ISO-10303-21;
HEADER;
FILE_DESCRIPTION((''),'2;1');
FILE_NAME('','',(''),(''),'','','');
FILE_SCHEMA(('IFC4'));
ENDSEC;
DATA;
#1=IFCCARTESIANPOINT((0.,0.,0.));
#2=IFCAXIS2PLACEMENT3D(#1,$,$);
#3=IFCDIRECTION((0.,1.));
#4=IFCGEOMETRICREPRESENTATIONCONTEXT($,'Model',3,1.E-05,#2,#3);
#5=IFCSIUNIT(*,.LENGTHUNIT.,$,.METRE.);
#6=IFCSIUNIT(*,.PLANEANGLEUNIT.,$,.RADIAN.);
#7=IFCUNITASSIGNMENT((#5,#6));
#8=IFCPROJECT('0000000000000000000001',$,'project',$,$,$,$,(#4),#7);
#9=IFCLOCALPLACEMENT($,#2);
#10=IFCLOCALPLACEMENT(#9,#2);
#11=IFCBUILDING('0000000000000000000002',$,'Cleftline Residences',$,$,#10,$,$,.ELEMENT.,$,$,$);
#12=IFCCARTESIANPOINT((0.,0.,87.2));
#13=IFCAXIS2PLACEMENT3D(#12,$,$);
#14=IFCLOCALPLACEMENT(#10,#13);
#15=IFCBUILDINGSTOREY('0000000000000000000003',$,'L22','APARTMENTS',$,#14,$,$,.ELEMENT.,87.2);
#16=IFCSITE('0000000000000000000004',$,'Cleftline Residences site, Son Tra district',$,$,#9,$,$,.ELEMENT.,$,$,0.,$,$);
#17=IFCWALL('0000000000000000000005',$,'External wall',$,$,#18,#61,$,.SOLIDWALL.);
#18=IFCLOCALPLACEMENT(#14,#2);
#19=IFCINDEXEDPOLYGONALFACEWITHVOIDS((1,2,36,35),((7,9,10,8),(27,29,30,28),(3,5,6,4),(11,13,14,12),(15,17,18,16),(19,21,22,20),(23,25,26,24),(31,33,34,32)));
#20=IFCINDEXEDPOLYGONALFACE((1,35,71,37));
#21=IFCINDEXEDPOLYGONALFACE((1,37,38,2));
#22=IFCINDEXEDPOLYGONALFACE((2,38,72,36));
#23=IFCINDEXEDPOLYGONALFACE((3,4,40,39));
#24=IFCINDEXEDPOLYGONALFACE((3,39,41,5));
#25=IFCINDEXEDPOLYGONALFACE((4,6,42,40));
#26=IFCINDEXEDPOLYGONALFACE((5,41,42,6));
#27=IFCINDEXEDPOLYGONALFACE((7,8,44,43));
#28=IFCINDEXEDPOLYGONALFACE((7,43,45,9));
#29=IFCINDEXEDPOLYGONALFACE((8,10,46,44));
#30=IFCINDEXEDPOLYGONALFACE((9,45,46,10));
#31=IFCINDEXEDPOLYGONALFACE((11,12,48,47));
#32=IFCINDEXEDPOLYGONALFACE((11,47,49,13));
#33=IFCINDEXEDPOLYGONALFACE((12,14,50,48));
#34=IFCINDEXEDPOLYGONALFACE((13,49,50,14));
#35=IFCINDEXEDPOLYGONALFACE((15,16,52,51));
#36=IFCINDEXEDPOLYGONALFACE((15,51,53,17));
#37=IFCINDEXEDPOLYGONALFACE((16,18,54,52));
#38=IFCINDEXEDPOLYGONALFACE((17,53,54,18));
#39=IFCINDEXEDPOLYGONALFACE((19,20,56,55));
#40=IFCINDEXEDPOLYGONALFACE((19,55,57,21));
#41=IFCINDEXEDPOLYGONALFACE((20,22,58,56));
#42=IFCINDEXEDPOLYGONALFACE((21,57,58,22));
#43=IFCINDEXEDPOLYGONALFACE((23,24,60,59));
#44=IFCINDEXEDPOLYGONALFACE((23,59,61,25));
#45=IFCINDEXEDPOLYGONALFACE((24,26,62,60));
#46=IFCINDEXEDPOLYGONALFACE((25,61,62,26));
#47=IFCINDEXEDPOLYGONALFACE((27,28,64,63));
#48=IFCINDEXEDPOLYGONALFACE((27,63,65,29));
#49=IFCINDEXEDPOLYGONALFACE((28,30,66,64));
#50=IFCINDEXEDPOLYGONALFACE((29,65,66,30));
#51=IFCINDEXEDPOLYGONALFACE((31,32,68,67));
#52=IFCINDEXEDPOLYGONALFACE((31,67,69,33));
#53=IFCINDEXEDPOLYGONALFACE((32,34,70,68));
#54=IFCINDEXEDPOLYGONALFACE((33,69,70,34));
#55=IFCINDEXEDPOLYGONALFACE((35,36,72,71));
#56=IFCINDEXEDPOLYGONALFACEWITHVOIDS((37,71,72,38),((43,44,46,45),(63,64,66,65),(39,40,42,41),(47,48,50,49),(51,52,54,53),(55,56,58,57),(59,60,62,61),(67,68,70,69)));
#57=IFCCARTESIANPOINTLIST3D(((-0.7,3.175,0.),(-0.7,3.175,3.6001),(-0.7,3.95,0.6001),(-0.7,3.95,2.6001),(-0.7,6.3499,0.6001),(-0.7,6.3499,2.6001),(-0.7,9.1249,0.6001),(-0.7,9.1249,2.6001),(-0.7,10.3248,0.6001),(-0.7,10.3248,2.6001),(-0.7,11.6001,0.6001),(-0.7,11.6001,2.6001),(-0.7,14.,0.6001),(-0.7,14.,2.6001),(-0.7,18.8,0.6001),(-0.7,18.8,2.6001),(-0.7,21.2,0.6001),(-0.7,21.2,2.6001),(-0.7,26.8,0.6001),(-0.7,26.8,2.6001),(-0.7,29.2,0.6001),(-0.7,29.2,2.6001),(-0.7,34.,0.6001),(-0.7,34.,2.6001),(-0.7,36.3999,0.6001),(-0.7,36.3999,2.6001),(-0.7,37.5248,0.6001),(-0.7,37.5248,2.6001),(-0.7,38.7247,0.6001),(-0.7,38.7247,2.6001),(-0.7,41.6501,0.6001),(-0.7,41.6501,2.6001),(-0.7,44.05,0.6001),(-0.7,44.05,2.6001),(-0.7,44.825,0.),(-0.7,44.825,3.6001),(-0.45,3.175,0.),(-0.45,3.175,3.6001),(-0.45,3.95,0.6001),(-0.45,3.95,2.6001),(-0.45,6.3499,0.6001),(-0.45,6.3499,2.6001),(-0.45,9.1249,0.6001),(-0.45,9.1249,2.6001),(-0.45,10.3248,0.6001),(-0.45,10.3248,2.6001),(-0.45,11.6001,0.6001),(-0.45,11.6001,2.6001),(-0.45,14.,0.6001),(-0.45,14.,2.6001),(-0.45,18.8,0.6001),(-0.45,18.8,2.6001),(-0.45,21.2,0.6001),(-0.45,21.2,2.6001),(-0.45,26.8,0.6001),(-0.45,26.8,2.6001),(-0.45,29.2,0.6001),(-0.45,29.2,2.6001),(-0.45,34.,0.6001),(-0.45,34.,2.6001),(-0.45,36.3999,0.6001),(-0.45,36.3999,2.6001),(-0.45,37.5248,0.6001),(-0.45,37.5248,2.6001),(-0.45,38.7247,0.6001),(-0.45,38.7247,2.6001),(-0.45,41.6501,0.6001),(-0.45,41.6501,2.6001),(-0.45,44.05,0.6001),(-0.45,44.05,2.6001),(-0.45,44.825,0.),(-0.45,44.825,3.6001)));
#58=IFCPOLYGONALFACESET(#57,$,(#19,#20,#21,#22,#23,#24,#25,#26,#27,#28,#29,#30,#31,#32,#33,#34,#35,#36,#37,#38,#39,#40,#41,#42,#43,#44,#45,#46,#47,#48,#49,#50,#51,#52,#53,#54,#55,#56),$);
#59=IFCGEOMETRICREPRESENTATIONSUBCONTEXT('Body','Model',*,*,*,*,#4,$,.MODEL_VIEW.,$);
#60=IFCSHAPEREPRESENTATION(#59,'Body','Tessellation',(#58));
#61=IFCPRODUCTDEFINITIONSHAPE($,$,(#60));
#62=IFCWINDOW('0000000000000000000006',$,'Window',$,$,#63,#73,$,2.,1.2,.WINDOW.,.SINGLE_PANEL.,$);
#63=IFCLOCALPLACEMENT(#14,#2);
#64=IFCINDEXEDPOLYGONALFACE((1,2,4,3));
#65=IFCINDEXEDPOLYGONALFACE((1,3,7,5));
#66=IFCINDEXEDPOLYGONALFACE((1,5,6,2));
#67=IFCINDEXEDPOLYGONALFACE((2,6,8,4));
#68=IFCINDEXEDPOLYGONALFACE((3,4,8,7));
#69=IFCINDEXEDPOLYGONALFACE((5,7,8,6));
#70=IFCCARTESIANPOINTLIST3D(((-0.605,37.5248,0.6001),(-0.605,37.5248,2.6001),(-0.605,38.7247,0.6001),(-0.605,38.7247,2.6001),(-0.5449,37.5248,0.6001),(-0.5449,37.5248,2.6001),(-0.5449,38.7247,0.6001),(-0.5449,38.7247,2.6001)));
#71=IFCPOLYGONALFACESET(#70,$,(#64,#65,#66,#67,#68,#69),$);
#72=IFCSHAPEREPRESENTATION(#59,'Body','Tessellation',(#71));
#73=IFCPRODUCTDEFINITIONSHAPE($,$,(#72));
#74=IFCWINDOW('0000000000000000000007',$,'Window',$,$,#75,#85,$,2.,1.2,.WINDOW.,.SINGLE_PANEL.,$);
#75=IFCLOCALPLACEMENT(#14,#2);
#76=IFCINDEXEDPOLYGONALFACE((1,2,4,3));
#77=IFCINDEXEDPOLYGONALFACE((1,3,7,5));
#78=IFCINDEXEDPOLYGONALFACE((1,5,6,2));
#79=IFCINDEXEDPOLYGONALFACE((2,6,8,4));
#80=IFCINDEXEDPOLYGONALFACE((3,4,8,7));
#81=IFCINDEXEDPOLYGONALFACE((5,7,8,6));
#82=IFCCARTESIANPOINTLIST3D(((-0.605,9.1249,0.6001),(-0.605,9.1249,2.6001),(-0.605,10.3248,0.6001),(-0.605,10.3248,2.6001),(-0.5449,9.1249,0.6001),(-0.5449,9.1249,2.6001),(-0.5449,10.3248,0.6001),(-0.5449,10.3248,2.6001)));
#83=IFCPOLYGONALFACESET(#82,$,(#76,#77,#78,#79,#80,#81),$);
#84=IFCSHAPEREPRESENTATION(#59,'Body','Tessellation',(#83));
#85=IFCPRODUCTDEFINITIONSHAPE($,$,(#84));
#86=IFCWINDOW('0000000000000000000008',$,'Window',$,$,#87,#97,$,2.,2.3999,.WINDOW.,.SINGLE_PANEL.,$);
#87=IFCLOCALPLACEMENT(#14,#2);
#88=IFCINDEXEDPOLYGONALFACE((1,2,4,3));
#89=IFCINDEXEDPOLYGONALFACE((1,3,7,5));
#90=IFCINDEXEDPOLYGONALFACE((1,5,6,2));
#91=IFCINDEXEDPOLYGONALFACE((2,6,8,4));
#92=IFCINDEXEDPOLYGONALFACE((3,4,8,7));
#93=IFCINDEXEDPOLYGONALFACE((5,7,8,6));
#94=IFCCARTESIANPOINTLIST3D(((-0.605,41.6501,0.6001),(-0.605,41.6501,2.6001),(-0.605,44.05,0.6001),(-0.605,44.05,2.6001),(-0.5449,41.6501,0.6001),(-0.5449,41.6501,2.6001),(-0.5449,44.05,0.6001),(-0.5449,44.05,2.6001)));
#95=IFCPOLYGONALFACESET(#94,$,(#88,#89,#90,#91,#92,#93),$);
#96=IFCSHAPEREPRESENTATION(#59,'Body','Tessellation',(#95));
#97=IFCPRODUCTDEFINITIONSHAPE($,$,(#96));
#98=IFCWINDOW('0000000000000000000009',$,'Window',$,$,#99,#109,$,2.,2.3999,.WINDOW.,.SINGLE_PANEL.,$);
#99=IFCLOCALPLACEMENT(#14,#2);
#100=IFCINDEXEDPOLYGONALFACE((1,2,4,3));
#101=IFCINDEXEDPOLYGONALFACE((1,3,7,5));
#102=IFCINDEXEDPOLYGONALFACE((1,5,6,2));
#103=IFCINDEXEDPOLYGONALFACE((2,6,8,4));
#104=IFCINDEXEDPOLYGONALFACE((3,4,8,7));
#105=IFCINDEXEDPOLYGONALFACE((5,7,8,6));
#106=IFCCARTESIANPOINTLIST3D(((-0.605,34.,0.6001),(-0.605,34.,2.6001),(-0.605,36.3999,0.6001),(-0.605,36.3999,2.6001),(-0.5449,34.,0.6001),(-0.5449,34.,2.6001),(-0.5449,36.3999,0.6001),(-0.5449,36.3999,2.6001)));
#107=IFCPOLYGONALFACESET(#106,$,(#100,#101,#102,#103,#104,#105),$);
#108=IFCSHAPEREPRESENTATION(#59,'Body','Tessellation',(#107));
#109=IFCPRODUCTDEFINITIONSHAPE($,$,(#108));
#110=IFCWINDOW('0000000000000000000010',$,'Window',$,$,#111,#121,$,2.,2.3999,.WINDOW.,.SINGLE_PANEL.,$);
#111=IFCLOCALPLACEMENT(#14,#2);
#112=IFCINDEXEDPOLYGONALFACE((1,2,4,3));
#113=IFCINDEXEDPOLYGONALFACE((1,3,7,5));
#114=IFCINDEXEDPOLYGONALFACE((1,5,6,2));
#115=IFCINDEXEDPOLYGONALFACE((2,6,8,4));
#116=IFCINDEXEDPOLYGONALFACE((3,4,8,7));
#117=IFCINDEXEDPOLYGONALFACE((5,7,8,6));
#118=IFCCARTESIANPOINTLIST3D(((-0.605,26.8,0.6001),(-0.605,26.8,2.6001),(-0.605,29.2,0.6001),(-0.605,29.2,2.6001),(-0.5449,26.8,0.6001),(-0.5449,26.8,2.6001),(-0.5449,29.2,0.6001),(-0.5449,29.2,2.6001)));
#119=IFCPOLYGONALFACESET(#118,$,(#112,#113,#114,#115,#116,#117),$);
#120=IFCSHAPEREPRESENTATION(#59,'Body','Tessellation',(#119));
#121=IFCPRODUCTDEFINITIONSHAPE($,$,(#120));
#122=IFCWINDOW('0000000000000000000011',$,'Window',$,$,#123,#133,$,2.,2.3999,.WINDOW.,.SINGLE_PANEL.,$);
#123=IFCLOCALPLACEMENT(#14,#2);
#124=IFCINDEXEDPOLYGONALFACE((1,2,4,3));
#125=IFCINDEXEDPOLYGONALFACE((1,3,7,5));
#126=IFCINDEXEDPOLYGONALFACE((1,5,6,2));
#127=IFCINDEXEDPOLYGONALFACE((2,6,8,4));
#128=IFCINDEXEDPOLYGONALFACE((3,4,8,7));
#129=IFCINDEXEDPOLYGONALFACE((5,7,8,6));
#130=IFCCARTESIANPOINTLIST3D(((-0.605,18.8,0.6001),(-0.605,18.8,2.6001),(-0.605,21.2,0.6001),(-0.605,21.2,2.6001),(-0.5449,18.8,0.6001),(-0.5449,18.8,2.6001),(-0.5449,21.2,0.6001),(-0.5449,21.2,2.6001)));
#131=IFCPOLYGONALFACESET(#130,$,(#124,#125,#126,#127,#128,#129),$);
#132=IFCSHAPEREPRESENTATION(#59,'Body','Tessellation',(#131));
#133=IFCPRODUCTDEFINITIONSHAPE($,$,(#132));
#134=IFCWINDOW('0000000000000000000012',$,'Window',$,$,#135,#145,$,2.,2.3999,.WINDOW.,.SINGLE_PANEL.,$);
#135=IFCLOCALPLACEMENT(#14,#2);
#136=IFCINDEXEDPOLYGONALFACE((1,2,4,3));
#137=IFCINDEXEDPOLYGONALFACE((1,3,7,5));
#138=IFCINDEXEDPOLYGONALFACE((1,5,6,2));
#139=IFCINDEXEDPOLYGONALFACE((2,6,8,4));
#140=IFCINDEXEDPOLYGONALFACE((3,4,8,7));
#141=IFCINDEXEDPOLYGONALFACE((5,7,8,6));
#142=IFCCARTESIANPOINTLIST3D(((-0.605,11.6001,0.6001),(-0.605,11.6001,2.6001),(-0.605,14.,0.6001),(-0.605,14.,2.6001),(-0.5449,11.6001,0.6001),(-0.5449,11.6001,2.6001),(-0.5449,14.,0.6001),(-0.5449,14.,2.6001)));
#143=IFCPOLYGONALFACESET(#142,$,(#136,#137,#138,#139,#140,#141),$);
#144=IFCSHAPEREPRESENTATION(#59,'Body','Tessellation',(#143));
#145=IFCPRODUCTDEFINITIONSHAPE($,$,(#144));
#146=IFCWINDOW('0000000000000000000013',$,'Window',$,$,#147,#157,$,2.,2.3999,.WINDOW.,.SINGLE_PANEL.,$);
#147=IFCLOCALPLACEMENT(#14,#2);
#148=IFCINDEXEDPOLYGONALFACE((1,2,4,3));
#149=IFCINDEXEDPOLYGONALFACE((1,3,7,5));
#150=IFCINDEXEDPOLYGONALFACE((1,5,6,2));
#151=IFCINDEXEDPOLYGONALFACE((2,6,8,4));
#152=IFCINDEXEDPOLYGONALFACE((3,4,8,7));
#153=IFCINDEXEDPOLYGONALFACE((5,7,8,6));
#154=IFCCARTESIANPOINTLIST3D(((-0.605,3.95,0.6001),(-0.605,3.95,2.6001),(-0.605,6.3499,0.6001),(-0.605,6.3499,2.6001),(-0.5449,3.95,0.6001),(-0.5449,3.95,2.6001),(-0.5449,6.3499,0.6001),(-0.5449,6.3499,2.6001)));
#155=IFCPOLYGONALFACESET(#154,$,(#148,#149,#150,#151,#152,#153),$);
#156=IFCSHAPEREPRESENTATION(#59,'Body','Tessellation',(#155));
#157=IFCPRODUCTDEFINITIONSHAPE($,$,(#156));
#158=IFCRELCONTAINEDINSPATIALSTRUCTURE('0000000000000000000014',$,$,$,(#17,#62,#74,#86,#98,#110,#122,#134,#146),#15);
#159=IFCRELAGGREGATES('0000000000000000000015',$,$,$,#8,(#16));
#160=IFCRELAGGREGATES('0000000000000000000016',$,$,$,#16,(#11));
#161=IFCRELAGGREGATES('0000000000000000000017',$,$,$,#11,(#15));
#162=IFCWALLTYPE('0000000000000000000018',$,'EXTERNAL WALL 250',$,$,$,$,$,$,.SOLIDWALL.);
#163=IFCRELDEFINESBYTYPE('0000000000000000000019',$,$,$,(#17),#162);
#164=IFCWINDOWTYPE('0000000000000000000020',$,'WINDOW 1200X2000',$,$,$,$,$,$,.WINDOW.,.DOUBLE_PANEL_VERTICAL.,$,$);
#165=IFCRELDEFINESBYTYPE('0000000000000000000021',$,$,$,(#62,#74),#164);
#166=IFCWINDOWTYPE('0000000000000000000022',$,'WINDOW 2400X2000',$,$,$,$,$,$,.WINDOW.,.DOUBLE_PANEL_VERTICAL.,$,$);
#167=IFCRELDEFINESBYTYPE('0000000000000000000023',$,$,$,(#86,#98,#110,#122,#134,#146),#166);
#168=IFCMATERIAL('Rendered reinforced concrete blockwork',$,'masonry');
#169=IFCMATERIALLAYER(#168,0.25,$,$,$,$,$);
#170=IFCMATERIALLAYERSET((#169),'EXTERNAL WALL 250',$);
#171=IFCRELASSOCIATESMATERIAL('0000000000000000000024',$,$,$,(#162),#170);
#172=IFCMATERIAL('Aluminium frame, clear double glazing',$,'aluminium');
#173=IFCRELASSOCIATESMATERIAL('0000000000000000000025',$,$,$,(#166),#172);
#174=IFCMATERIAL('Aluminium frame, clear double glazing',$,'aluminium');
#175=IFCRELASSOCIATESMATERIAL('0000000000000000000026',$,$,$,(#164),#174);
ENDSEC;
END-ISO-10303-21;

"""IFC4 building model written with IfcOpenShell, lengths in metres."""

from ifc_helpers import new_model, si_unit, direction, frame, frame_2d, origin, place, context, subcontext, project, spatial, rectangle, extrude, material, layer, layer_set, type_object, element, fill, save


model = new_model("IFC4")

# Units and contexts
model_context = context("Model", 3, precision=1e-05, world=origin(), true_north=direction((0.0, 1.0)))
body_context = subcontext(model_context, "Body", "Model", "MODEL_VIEW")
ifc_project = project(units=[si_unit("LENGTHUNIT", "METRE"), si_unit("PLANEANGLEUNIT", "RADIAN")], contexts=[model_context])

# Site, building, storey
site_placement = place(None, origin())
site = spatial("IfcSite", under=ifc_project, at=site_placement, Name="Cleftline Residences site, Son Tra district", CompositionType="ELEMENT", RefElevation=0.0)
building_placement = place(site_placement, origin())
building = spatial("IfcBuilding", under=site, at=building_placement, Name="Cleftline Residences", CompositionType="ELEMENT")
storey_placement = place(building_placement, frame((0.0, 0.0, 87.2)))
storey = spatial("IfcBuildingStorey", under=building, at=storey_placement, Name="L22", Description="APARTMENTS", CompositionType="ELEMENT", Elevation=87.2)

# Shared definitions
ifc_material_1 = material(Name="Rendered reinforced concrete blockwork", Category="masonry")
ifc_layer_1 = layer(ifc_material_1, 0.25)
ifc_layer_set_1 = layer_set([ifc_layer_1], Name="EXTERNAL WALL 250")
wall_type_1 = type_object("IfcWallType", Name="EXTERNAL WALL 250", PredefinedType="SOLIDWALL", material=ifc_layer_set_1)
ifc_material_2 = material(Name="Aluminium frame, clear double glazing", Category="aluminium")
window_type_1 = type_object("IfcWindowType", Name="WINDOW 2400X2000", PartitioningType="DOUBLE_PANEL_VERTICAL", PredefinedType="WINDOW", material=ifc_material_2)

# Wall, openings, windows
wall_1_placement = place(storey_placement, frame((-0.575, 44.825, 0.0), z_axis=(0.0, 0.0, 1.0), x_axis=(0.0, -1.0, 0.0)))
wall_1 = element("IfcWall", 1, at=wall_1_placement, inside=storey, type_object=wall_type_1, Name="External wall", PredefinedType="SOLIDWALL", context=body_context, shape_type="SweptSolid", body=[
    extrude(rectangle(XDim=41.6499, YDim=0.25, at=frame_2d((20.825, 0.0))), origin(), (0.0, 0.0, 1.0), 3.6001),
])
opening_1_placement = place(wall_1_placement, frame((0.7749, 0.0, 0.6001)))
opening_1 = element("IfcOpeningElement", 2, at=opening_1_placement, cuts=wall_1, PredefinedType="OPENING", context=body_context, shape_type="SweptSolid", body=[
    extrude(rectangle(XDim=2.3999, YDim=2.0, at=frame_2d((1.2, 1.0))), frame((0.0, 0.135, 0.0), z_axis=(0.0, -1.0, 0.0), x_axis=(1.0, 0.0, 0.0)), (0.0, 0.0, 1.0), 0.27),
])
opening_2_placement = place(wall_1_placement, frame((6.1001, 0.0, 0.6001)))
opening_2 = element("IfcOpeningElement", 3, at=opening_2_placement, cuts=wall_1, PredefinedType="OPENING", context=body_context, shape_type="SweptSolid", body=[
    extrude(rectangle(XDim=1.2, YDim=2.0, at=frame_2d((0.6001, 1.0))), frame((0.0, 0.135, 0.0), z_axis=(0.0, -1.0, 0.0), x_axis=(1.0, 0.0, 0.0)), (0.0, 0.0, 1.0), 0.27),
])
opening_3_placement = place(wall_1_placement, frame((8.425, 0.0, 0.6001)))
opening_3 = element("IfcOpeningElement", 4, at=opening_3_placement, cuts=wall_1, PredefinedType="OPENING", context=body_context, shape_type="SweptSolid", body=[
    extrude(rectangle(XDim=2.3999, YDim=2.0, at=frame_2d((1.2, 1.0))), frame((0.0, 0.135, 0.0), z_axis=(0.0, -1.0, 0.0), x_axis=(1.0, 0.0, 0.0)), (0.0, 0.0, 1.0), 0.27),
])
opening_4_placement = place(wall_1_placement, frame((15.625, 0.0, 0.6001)))
opening_4 = element("IfcOpeningElement", 5, at=opening_4_placement, cuts=wall_1, PredefinedType="OPENING", context=body_context, shape_type="SweptSolid", body=[
    extrude(rectangle(XDim=2.3999, YDim=2.0, at=frame_2d((1.2, 1.0))), frame((0.0, 0.135, 0.0), z_axis=(0.0, -1.0, 0.0), x_axis=(1.0, 0.0, 0.0)), (0.0, 0.0, 1.0), 0.27),
])
opening_5_placement = place(wall_1_placement, frame((23.625, 0.0, 0.6001)))
opening_5 = element("IfcOpeningElement", 6, at=opening_5_placement, cuts=wall_1, PredefinedType="OPENING", context=body_context, shape_type="SweptSolid", body=[
    extrude(rectangle(XDim=2.3999, YDim=2.0, at=frame_2d((1.2, 1.0))), frame((0.0, 0.135, 0.0), z_axis=(0.0, -1.0, 0.0), x_axis=(1.0, 0.0, 0.0)), (0.0, 0.0, 1.0), 0.27),
])
opening_6_placement = place(wall_1_placement, frame((30.825, 0.0, 0.6001)))
opening_6 = element("IfcOpeningElement", 7, at=opening_6_placement, cuts=wall_1, PredefinedType="OPENING", context=body_context, shape_type="SweptSolid", body=[
    extrude(rectangle(XDim=2.3999, YDim=2.0, at=frame_2d((1.2, 1.0))), frame((0.0, 0.135, 0.0), z_axis=(0.0, -1.0, 0.0), x_axis=(1.0, 0.0, 0.0)), (0.0, 0.0, 1.0), 0.27),
])
opening_7_placement = place(wall_1_placement, frame((34.5, 0.0, 0.6001)))
opening_7 = element("IfcOpeningElement", 8, at=opening_7_placement, cuts=wall_1, PredefinedType="OPENING", context=body_context, shape_type="SweptSolid", body=[
    extrude(rectangle(XDim=1.2, YDim=2.0, at=frame_2d((0.6001, 1.0))), frame((0.0, 0.135, 0.0), z_axis=(0.0, -1.0, 0.0), x_axis=(1.0, 0.0, 0.0)), (0.0, 0.0, 1.0), 0.27),
])
opening_8_placement = place(wall_1_placement, frame((38.4751, 0.0, 0.6001)))
opening_8 = element("IfcOpeningElement", 9, at=opening_8_placement, cuts=wall_1, PredefinedType="OPENING", context=body_context, shape_type="SweptSolid", body=[
    extrude(rectangle(XDim=2.3999, YDim=2.0, at=frame_2d((1.2, 1.0))), frame((0.0, 0.135, 0.0), z_axis=(0.0, -1.0, 0.0), x_axis=(1.0, 0.0, 0.0)), (0.0, 0.0, 1.0), 0.27),
])
ifc_material_3 = material(Name="Aluminium frame, clear double glazing", Category="aluminium")
window_type_2 = type_object("IfcWindowType", Name="WINDOW 1200X2000", PartitioningType="DOUBLE_PANEL_VERTICAL", PredefinedType="WINDOW", material=ifc_material_3)
window_1_placement = place(opening_2_placement, origin())
window_1 = element("IfcWindow", 10, at=window_1_placement, inside=storey, type_object=window_type_2, Name="Window", OverallHeight=2.0, OverallWidth=1.2, PartitioningType="SINGLE_PANEL", PredefinedType="WINDOW", context=body_context, shape_type="SweptSolid", body=[
    extrude(rectangle(XDim=1.2, YDim=2.0, at=frame_2d((0.6001, 1.0))), frame((0.0, 0.03, 0.0), z_axis=(0.0, -1.0, 0.0), x_axis=(1.0, 0.0, 0.0)), (0.0, 0.0, 1.0), 0.0601),
])
fill(opening_2, window_1)
window_2_placement = place(opening_7_placement, origin())
window_2 = element("IfcWindow", 11, at=window_2_placement, inside=storey, type_object=window_type_2, Name="Window", OverallHeight=2.0, OverallWidth=1.2, PartitioningType="SINGLE_PANEL", PredefinedType="WINDOW", context=body_context, shape_type="SweptSolid", body=[
    extrude(rectangle(XDim=1.2, YDim=2.0, at=frame_2d((0.6001, 1.0))), frame((0.0, 0.03, 0.0), z_axis=(0.0, -1.0, 0.0), x_axis=(1.0, 0.0, 0.0)), (0.0, 0.0, 1.0), 0.0601),
])
fill(opening_7, window_2)
window_3_placement = place(opening_1_placement, origin())
window_3 = element("IfcWindow", 12, at=window_3_placement, inside=storey, type_object=window_type_1, Name="Window", OverallHeight=2.0, OverallWidth=2.3999, PartitioningType="SINGLE_PANEL", PredefinedType="WINDOW", context=body_context, shape_type="SweptSolid", body=[
    extrude(rectangle(XDim=2.3999, YDim=2.0, at=frame_2d((1.2, 1.0))), frame((0.0, 0.03, 0.0), z_axis=(0.0, -1.0, 0.0), x_axis=(1.0, 0.0, 0.0)), (0.0, 0.0, 1.0), 0.0601),
])
fill(opening_1, window_3)
window_4_placement = place(opening_3_placement, origin())
window_4 = element("IfcWindow", 13, at=window_4_placement, inside=storey, type_object=window_type_1, Name="Window", OverallHeight=2.0, OverallWidth=2.3999, PartitioningType="SINGLE_PANEL", PredefinedType="WINDOW", context=body_context, shape_type="SweptSolid", body=[
    extrude(rectangle(XDim=2.3999, YDim=2.0, at=frame_2d((1.2, 1.0))), frame((0.0, 0.03, 0.0), z_axis=(0.0, -1.0, 0.0), x_axis=(1.0, 0.0, 0.0)), (0.0, 0.0, 1.0), 0.0601),
])
fill(opening_3, window_4)
window_5_placement = place(opening_4_placement, origin())
window_5 = element("IfcWindow", 14, at=window_5_placement, inside=storey, type_object=window_type_1, Name="Window", OverallHeight=2.0, OverallWidth=2.3999, PartitioningType="SINGLE_PANEL", PredefinedType="WINDOW", context=body_context, shape_type="SweptSolid", body=[
    extrude(rectangle(XDim=2.3999, YDim=2.0, at=frame_2d((1.2, 1.0))), frame((0.0, 0.03, 0.0), z_axis=(0.0, -1.0, 0.0), x_axis=(1.0, 0.0, 0.0)), (0.0, 0.0, 1.0), 0.0601),
])
fill(opening_4, window_5)
window_6_placement = place(opening_5_placement, origin())
window_6 = element("IfcWindow", 15, at=window_6_placement, inside=storey, type_object=window_type_1, Name="Window", OverallHeight=2.0, OverallWidth=2.3999, PartitioningType="SINGLE_PANEL", PredefinedType="WINDOW", context=body_context, shape_type="SweptSolid", body=[
    extrude(rectangle(XDim=2.3999, YDim=2.0, at=frame_2d((1.2, 1.0))), frame((0.0, 0.03, 0.0), z_axis=(0.0, -1.0, 0.0), x_axis=(1.0, 0.0, 0.0)), (0.0, 0.0, 1.0), 0.0601),
])
fill(opening_5, window_6)
window_7_placement = place(opening_6_placement, origin())
window_7 = element("IfcWindow", 16, at=window_7_placement, inside=storey, type_object=window_type_1, Name="Window", OverallHeight=2.0, OverallWidth=2.3999, PartitioningType="SINGLE_PANEL", PredefinedType="WINDOW", context=body_context, shape_type="SweptSolid", body=[
    extrude(rectangle(XDim=2.3999, YDim=2.0, at=frame_2d((1.2, 1.0))), frame((0.0, 0.03, 0.0), z_axis=(0.0, -1.0, 0.0), x_axis=(1.0, 0.0, 0.0)), (0.0, 0.0, 1.0), 0.0601),
])
fill(opening_6, window_7)
window_8_placement = place(opening_8_placement, origin())
window_8 = element("IfcWindow", 17, at=window_8_placement, inside=storey, type_object=window_type_1, Name="Window", OverallHeight=2.0, OverallWidth=2.3999, PartitioningType="SINGLE_PANEL", PredefinedType="WINDOW", context=body_context, shape_type="SweptSolid", body=[
    extrude(rectangle(XDim=2.3999, YDim=2.0, at=frame_2d((1.2, 1.0))), frame((0.0, 0.03, 0.0), z_axis=(0.0, -1.0, 0.0), x_axis=(1.0, 0.0, 0.0)), (0.0, 0.0, 1.0), 0.0601),
])
fill(opening_8, window_8)

save(model, "model.ifc")
